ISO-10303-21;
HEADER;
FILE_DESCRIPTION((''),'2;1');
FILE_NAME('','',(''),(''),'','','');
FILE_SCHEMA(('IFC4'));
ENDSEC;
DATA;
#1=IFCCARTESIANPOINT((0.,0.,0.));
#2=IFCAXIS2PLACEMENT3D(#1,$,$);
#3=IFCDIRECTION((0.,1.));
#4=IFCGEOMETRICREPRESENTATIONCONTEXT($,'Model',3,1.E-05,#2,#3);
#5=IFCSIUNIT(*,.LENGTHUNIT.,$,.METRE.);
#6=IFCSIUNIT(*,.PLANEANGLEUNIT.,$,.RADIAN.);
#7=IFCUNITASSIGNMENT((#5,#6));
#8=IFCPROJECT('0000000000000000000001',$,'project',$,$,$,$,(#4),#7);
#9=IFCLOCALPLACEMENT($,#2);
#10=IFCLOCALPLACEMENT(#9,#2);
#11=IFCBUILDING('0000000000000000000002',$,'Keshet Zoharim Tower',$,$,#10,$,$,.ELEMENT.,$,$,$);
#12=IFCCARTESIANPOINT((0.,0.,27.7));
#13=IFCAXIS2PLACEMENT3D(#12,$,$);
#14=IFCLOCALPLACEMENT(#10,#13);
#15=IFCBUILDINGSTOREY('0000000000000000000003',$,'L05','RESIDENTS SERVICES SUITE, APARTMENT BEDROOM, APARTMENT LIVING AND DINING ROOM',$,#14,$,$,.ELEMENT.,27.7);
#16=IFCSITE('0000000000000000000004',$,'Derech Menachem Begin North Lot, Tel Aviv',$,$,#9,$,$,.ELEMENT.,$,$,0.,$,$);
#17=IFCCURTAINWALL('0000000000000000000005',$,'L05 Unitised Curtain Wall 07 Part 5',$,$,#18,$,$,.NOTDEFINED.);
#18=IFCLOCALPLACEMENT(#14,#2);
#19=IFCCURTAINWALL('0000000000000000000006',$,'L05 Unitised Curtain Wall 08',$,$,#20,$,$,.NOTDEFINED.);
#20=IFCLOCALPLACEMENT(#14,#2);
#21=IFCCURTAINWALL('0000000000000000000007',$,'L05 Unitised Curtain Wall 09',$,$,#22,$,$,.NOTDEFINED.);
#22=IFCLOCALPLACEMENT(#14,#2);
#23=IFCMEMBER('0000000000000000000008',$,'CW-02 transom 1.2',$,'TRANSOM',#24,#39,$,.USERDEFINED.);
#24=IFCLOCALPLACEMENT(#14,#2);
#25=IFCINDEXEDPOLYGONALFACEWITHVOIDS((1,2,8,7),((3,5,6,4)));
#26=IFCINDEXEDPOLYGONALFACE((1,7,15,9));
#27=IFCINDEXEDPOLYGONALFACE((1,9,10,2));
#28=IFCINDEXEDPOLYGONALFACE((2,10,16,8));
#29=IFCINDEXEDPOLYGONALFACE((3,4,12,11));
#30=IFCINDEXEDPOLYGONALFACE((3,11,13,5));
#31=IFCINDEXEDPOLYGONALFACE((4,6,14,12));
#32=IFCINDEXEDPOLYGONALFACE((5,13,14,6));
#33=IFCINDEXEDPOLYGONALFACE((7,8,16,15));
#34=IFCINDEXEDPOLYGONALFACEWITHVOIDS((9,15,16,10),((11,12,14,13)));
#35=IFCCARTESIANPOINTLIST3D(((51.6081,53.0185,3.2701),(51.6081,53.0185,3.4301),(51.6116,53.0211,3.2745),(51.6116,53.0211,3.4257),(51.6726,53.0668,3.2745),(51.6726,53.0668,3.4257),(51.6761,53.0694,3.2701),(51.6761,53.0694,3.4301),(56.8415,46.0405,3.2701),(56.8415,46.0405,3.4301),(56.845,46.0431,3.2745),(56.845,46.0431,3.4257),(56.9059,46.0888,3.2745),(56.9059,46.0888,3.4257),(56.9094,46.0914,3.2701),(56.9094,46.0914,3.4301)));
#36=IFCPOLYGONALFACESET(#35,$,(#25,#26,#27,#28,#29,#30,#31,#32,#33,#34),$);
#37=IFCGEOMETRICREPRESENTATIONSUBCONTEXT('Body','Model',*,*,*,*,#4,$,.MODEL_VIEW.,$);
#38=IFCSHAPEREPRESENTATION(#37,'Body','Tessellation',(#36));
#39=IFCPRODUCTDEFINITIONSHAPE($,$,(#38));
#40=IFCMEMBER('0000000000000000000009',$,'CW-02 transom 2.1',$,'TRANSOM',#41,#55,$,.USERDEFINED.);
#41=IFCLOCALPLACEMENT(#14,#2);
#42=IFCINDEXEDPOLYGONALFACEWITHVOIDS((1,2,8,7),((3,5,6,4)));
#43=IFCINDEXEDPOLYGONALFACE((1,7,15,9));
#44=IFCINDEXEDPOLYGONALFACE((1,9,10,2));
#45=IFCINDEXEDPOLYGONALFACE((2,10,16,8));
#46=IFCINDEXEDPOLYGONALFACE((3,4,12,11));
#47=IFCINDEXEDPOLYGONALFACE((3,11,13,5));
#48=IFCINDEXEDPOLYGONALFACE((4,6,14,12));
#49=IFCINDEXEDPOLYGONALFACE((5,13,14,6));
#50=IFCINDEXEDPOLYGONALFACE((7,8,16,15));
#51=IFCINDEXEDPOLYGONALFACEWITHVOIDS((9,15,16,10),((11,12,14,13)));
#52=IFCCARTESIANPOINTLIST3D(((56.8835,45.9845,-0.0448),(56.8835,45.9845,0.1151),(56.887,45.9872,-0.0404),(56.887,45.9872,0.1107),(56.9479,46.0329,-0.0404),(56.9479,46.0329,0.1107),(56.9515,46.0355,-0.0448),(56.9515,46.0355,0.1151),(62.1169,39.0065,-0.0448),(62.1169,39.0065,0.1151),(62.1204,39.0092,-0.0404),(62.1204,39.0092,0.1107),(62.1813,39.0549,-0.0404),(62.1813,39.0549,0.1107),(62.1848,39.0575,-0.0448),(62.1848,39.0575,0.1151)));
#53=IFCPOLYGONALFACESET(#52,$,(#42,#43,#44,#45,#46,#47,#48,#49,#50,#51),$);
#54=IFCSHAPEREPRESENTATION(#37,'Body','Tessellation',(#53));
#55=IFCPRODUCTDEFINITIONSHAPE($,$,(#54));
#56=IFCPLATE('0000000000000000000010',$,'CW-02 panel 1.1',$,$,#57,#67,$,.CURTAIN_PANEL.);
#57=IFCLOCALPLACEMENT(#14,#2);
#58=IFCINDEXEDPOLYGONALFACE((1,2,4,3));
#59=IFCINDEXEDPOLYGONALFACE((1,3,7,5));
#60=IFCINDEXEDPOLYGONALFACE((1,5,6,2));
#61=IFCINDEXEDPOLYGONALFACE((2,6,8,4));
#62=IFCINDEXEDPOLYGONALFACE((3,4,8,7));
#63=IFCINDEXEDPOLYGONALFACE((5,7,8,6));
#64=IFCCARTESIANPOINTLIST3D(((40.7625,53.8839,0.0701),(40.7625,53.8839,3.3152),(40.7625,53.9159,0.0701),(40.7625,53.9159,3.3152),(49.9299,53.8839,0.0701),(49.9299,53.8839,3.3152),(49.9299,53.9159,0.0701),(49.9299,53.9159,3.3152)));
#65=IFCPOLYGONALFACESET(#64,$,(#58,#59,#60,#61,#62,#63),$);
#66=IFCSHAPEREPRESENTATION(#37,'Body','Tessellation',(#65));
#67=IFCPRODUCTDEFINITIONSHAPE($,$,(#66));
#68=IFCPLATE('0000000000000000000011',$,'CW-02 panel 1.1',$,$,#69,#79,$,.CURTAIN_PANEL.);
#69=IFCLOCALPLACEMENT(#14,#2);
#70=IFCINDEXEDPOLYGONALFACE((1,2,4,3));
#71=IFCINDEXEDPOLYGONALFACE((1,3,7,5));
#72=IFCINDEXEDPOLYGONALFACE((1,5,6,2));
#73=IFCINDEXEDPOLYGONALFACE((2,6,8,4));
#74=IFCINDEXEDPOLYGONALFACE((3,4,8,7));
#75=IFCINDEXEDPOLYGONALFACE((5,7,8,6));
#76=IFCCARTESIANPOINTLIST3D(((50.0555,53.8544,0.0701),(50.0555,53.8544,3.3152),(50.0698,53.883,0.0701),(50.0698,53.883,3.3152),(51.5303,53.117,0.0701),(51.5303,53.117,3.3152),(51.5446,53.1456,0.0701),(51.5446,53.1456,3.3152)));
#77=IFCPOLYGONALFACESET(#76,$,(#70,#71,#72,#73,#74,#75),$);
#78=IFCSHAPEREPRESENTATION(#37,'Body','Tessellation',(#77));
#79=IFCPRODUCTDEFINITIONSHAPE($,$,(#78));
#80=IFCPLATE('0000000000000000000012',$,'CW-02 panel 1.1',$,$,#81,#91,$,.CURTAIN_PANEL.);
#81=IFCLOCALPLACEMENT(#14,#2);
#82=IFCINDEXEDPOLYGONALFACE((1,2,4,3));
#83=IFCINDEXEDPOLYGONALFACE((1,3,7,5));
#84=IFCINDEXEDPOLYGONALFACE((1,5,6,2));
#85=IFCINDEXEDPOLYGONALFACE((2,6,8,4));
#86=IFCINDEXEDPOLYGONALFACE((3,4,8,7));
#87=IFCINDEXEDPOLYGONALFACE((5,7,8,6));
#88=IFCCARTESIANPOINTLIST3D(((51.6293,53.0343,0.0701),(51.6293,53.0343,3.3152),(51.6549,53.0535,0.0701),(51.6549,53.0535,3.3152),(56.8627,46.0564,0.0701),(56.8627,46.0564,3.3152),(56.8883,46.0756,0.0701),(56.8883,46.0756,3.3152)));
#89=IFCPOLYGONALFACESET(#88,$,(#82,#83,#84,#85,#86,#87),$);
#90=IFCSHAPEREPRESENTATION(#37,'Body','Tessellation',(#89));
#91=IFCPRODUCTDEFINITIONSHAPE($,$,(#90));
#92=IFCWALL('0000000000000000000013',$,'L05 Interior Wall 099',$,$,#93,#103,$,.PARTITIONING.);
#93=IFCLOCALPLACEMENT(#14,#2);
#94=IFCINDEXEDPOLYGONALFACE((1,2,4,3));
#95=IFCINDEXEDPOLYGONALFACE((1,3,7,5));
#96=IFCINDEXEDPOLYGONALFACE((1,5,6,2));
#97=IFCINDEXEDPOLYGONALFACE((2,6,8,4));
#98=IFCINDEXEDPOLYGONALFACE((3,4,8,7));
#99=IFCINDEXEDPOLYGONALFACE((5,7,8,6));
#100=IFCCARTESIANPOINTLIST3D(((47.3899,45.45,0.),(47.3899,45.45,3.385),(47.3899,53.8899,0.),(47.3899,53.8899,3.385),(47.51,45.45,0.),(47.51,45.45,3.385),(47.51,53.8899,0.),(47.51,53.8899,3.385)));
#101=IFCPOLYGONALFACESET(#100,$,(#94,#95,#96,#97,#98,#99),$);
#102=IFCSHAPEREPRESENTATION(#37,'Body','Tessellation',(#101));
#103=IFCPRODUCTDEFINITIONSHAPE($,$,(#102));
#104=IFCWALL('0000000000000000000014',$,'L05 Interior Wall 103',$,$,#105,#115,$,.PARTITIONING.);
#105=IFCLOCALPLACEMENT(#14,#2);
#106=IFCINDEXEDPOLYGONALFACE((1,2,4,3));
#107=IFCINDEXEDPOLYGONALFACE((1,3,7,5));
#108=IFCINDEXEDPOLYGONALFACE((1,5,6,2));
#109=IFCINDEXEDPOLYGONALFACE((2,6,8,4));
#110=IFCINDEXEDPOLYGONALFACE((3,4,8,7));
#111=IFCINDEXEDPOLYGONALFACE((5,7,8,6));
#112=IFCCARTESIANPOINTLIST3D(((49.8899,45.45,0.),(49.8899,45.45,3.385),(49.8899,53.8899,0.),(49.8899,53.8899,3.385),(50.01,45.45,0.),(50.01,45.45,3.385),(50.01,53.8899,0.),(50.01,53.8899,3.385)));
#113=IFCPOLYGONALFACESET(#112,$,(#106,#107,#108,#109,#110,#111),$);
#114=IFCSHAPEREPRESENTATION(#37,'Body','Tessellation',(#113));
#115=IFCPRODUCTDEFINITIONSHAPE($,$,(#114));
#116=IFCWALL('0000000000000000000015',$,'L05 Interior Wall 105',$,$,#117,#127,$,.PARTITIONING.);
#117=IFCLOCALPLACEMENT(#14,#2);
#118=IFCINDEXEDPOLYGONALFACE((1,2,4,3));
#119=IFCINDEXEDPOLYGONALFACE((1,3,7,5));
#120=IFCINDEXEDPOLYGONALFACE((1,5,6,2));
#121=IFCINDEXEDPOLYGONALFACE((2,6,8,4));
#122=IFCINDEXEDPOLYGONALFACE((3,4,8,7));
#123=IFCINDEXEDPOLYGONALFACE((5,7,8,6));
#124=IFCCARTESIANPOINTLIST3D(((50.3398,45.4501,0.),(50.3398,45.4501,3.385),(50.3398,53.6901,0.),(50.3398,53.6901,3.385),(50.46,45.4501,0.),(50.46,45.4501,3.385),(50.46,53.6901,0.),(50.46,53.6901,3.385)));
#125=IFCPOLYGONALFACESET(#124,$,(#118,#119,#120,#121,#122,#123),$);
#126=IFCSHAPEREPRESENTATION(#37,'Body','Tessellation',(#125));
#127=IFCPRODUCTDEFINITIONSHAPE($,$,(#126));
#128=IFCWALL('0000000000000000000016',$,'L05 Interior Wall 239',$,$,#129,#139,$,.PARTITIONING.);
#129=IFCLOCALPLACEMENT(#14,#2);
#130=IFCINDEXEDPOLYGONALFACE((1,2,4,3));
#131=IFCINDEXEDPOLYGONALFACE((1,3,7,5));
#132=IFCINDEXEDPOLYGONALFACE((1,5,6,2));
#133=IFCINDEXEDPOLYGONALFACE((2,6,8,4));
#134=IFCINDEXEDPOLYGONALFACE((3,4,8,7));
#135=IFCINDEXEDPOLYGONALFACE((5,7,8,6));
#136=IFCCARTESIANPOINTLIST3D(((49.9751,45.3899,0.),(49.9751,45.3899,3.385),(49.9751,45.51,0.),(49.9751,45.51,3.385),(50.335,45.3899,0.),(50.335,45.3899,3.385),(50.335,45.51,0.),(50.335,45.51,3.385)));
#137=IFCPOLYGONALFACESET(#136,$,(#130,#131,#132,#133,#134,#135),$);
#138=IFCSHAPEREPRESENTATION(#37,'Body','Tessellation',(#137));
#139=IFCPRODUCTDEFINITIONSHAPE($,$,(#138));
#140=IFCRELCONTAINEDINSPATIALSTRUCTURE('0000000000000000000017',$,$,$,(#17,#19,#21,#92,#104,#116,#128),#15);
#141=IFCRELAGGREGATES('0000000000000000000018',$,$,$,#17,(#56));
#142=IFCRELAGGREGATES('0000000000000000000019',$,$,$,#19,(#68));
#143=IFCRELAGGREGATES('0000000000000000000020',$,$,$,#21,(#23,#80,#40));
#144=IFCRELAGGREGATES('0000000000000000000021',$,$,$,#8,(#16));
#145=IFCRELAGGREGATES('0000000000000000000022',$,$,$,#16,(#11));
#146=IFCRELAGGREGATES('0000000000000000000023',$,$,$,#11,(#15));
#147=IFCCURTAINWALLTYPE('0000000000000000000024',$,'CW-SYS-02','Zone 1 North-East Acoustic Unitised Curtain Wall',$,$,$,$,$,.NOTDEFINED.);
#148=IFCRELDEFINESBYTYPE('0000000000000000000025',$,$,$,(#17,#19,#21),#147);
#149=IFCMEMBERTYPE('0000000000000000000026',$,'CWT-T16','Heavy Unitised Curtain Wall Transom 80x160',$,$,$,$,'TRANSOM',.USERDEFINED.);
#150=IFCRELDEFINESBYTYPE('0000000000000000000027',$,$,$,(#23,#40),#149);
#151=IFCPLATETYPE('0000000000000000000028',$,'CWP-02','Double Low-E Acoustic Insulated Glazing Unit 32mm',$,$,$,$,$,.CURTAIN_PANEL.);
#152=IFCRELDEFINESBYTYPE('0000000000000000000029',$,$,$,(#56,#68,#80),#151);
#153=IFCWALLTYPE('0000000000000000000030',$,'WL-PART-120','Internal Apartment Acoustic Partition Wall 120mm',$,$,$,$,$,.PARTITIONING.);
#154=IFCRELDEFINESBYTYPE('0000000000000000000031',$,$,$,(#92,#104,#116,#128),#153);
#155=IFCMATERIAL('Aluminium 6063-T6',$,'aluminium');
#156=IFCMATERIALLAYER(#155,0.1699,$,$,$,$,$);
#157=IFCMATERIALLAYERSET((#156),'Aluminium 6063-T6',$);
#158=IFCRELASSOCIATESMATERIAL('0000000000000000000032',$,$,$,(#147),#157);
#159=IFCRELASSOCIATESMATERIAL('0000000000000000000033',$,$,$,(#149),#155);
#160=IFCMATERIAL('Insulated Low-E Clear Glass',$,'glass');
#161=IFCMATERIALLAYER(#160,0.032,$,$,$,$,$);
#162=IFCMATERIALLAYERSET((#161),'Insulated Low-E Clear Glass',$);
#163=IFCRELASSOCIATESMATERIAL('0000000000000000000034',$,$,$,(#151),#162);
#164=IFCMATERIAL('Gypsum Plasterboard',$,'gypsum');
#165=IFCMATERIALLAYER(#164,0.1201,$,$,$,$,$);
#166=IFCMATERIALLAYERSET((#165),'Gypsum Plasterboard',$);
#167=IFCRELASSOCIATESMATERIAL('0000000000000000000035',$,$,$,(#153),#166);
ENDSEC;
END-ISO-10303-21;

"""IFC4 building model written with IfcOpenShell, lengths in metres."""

from ifc_helpers import new_model, si_unit, direction, frame, frame_2d, origin, origin_2d, place, context, subcontext, project, spatial, rectangle, hollow_rectangle, extrude, material, layer, layer_set, material_profile, profile_set, type_object, element, aggregate, save


model = new_model("IFC4")

# Units and contexts
model_context = context("Model", 3, precision=1e-05, world=origin(), true_north=direction((0.0, 1.0)))
body_context = subcontext(model_context, "Body", "Model", "MODEL_VIEW")
ifc_project = project(units=[si_unit("LENGTHUNIT", "METRE"), si_unit("PLANEANGLEUNIT", "RADIAN")], contexts=[model_context])

# Site, building, storey
site_placement = place(None, origin())
site = spatial("IfcSite", under=ifc_project, at=site_placement, Name="Derech Menachem Begin North Lot, Tel Aviv", CompositionType="ELEMENT", RefElevation=0.0)
building_placement = place(site_placement, origin())
building = spatial("IfcBuilding", under=site, at=building_placement, Name="Keshet Zoharim Tower", CompositionType="ELEMENT")
storey_placement = place(building_placement, frame((0.0, 0.0, 27.7)))
storey = spatial("IfcBuildingStorey", under=building, at=storey_placement, Name="L05", Description="RESIDENTS SERVICES SUITE, APARTMENT BEDROOM, APARTMENT LIVING AND DINING ROOM", CompositionType="ELEMENT", Elevation=27.7)

# Curtain wall
ifc_material_1 = material(Name="Aluminium 6063-T6", Category="aluminium")
ifc_layer_1 = layer(ifc_material_1, 0.1699)
ifc_layer_set_1 = layer_set([ifc_layer_1], Name="Aluminium 6063-T6")
curtain_wall_type = type_object("IfcCurtainWallType", Name="CW-SYS-02", Description="Zone 1 North-East Acoustic Unitised Curtain Wall", PredefinedType="NOTDEFINED", material=ifc_layer_set_1)
curtain_wall_1_placement = place(storey_placement, origin())
curtain_wall_1 = element("IfcCurtainWall", 1, at=curtain_wall_1_placement, inside=storey, type_object=curtain_wall_type, Name="L05 Unitised Curtain Wall 07 Part 5", PredefinedType="NOTDEFINED")

# Curtain walls
curtain_wall_2_placement = place(storey_placement, origin())
curtain_wall_2 = element("IfcCurtainWall", 2, at=curtain_wall_2_placement, inside=storey, type_object=curtain_wall_type, Name="L05 Unitised Curtain Wall 08", PredefinedType="NOTDEFINED")
curtain_wall_3_placement = place(storey_placement, origin())
curtain_wall_3 = element("IfcCurtainWall", 3, at=curtain_wall_3_placement, inside=storey, type_object=curtain_wall_type, Name="L05 Unitised Curtain Wall 09", PredefinedType="NOTDEFINED")

# Members
ifc_material_profile_1 = material_profile(ifc_material_1, hollow_rectangle(XDim=0.085, YDim=0.1599, WallThickness=0.0044, at=origin_2d()), Name="TRN-85x160")
ifc_profile_set_1 = profile_set([ifc_material_profile_1], Name="Aluminium 6063-T6")
member_type_1 = type_object("IfcMemberType", Name="CWT-T16", Description="Heavy Unitised Curtain Wall Transom 80x160", ElementType="TRANSOM", PredefinedType="USERDEFINED", material=ifc_profile_set_1)
member_1_placement = place(storey_placement, frame((51.6421, 53.0439, 3.3501), z_axis=(0.599991, -0.800007, 0.0), x_axis=(0.800007, 0.599991, 0.0)))
member_1 = element("IfcMember", 4, at=member_1_placement, type_object=member_type_1, Name="CW-02 transom 1.2", ObjectType="TRANSOM", PredefinedType="USERDEFINED", context=body_context, shape_type="SweptSolid", body=[
    extrude(hollow_rectangle(XDim=0.085, YDim=0.1599, WallThickness=0.0044, at=origin_2d()), origin(), (0.0, 0.0, 1.0), 8.7224),
])
member_2_placement = place(storey_placement, frame((56.9175, 46.01, 0.0352), z_axis=(0.599991, -0.800007, 0.0), x_axis=(0.800007, 0.599991, 0.0)))
member_2 = element("IfcMember", 5, at=member_2_placement, type_object=member_type_1, Name="CW-02 transom 2.1", ObjectType="TRANSOM", PredefinedType="USERDEFINED", context=body_context, shape_type="SweptSolid", body=[
    extrude(hollow_rectangle(XDim=0.085, YDim=0.1599, WallThickness=0.0044, at=origin_2d()), origin(), (0.0, 0.0, 1.0), 8.7224),
])

# Plates
ifc_material_2 = material(Name="Insulated Low-E Clear Glass", Category="glass")
ifc_layer_2 = layer(ifc_material_2, 0.032)
ifc_layer_set_2 = layer_set([ifc_layer_2], Name="Insulated Low-E Clear Glass")
plate_type = type_object("IfcPlateType", Name="CWP-02", Description="Double Low-E Acoustic Insulated Glazing Unit 32mm", PredefinedType="CURTAIN_PANEL", material=ifc_layer_set_2)
plate_1_placement = place(storey_placement, frame((45.3462, 53.8999, 0.0701), z_axis=(0.0, 0.0, 1.0), x_axis=(1.0, 0.0, 0.0)))
plate_1 = element("IfcPlate", 6, at=plate_1_placement, type_object=plate_type, Name="CW-02 panel 1.1", PredefinedType="CURTAIN_PANEL", context=body_context, shape_type="SweptSolid", body=[
    extrude(rectangle(XDim=9.1675, YDim=0.032, at=origin_2d()), origin(), (0.0, 0.0, 1.0), 3.2451),
])
aggregate(curtain_wall_1, [plate_1])
plate_2_placement = place(storey_placement, frame((50.8, 53.5, 0.0701), z_axis=(0.0, 0.0, 1.0), x_axis=(0.894427, -0.447214, 0.0)))
plate_2 = element("IfcPlate", 7, at=plate_2_placement, type_object=plate_type, Name="CW-02 panel 1.1", PredefinedType="CURTAIN_PANEL", context=body_context, shape_type="SweptSolid", body=[
    extrude(rectangle(XDim=1.6489, YDim=0.032, at=origin_2d()), origin(), (0.0, 0.0, 1.0), 3.2451),
])
aggregate(curtain_wall_2, [plate_2])
plate_3_placement = place(storey_placement, frame((54.2588, 49.5549, 0.0701), z_axis=(0.0, 0.0, 1.0), x_axis=(0.6, -0.8, 0.0)))
plate_3 = element("IfcPlate", 8, at=plate_3_placement, type_object=plate_type, Name="CW-02 panel 1.1", PredefinedType="CURTAIN_PANEL", context=body_context, shape_type="SweptSolid", body=[
    extrude(rectangle(XDim=8.7224, YDim=0.032, at=origin_2d()), origin(), (0.0, 0.0, 1.0), 3.2451),
])
aggregate(curtain_wall_3, [member_1, plate_3, member_2])

# Walls
ifc_material_3 = material(Name="Gypsum Plasterboard", Category="gypsum")
ifc_layer_3 = layer(ifc_material_3, 0.1201)
ifc_layer_set_3 = layer_set([ifc_layer_3], Name="Gypsum Plasterboard")
wall_type = type_object("IfcWallType", Name="WL-PART-120", Description="Internal Apartment Acoustic Partition Wall 120mm", PredefinedType="PARTITIONING", material=ifc_layer_set_3)
for number, where, z_axis, x_axis, name in (
    (9, (47.45, 45.45, 0.0), (0.0, 0.0, 1.0), (0.0, 1.0, 0.0), "L05 Interior Wall 099"),
    (10, (49.95, 45.45, 0.0), (0.0, 0.0, 1.0), (0.0, 1.0, 0.0), "L05 Interior Wall 103"),
):
    element("IfcWall", number, at=place(storey_placement, frame(where, z_axis=z_axis, x_axis=x_axis)), inside=storey, type_object=wall_type, Name=name, PredefinedType="PARTITIONING", context=body_context, shape_type="SweptSolid", body=[
        extrude(rectangle(XDim=8.4399, YDim=0.1201, at=frame_2d((4.22, 0.0))), origin(), (0.0, 0.0, 1.0), 3.385),
    ])
wall_1_placement = place(storey_placement, frame((50.3999, 45.45, 0.0), z_axis=(0.0, 0.0, 1.0), x_axis=(0.0, 1.0, 0.0)))
element("IfcWall", 11, at=wall_1_placement, inside=storey, type_object=wall_type, Name="L05 Interior Wall 105", PredefinedType="PARTITIONING", context=body_context, shape_type="SweptSolid", body=[
    extrude(rectangle(XDim=8.24, YDim=0.1201, at=frame_2d((4.1201, 0.0))), origin(), (0.0, 0.0, 1.0), 3.385),
])
wall_2_placement = place(storey_placement, frame((49.9751, 45.45, 0.0), z_axis=(0.0, 0.0, 1.0), x_axis=(1.0, 0.0, 0.0)))
element("IfcWall", 12, at=wall_2_placement, inside=storey, type_object=wall_type, Name="L05 Interior Wall 239", PredefinedType="PARTITIONING", context=body_context, shape_type="SweptSolid", body=[
    extrude(rectangle(XDim=0.3599, YDim=0.1201, at=frame_2d((0.1799, 0.0))), origin(), (0.0, 0.0, 1.0), 3.385),
])

save(model, "model.ifc")
